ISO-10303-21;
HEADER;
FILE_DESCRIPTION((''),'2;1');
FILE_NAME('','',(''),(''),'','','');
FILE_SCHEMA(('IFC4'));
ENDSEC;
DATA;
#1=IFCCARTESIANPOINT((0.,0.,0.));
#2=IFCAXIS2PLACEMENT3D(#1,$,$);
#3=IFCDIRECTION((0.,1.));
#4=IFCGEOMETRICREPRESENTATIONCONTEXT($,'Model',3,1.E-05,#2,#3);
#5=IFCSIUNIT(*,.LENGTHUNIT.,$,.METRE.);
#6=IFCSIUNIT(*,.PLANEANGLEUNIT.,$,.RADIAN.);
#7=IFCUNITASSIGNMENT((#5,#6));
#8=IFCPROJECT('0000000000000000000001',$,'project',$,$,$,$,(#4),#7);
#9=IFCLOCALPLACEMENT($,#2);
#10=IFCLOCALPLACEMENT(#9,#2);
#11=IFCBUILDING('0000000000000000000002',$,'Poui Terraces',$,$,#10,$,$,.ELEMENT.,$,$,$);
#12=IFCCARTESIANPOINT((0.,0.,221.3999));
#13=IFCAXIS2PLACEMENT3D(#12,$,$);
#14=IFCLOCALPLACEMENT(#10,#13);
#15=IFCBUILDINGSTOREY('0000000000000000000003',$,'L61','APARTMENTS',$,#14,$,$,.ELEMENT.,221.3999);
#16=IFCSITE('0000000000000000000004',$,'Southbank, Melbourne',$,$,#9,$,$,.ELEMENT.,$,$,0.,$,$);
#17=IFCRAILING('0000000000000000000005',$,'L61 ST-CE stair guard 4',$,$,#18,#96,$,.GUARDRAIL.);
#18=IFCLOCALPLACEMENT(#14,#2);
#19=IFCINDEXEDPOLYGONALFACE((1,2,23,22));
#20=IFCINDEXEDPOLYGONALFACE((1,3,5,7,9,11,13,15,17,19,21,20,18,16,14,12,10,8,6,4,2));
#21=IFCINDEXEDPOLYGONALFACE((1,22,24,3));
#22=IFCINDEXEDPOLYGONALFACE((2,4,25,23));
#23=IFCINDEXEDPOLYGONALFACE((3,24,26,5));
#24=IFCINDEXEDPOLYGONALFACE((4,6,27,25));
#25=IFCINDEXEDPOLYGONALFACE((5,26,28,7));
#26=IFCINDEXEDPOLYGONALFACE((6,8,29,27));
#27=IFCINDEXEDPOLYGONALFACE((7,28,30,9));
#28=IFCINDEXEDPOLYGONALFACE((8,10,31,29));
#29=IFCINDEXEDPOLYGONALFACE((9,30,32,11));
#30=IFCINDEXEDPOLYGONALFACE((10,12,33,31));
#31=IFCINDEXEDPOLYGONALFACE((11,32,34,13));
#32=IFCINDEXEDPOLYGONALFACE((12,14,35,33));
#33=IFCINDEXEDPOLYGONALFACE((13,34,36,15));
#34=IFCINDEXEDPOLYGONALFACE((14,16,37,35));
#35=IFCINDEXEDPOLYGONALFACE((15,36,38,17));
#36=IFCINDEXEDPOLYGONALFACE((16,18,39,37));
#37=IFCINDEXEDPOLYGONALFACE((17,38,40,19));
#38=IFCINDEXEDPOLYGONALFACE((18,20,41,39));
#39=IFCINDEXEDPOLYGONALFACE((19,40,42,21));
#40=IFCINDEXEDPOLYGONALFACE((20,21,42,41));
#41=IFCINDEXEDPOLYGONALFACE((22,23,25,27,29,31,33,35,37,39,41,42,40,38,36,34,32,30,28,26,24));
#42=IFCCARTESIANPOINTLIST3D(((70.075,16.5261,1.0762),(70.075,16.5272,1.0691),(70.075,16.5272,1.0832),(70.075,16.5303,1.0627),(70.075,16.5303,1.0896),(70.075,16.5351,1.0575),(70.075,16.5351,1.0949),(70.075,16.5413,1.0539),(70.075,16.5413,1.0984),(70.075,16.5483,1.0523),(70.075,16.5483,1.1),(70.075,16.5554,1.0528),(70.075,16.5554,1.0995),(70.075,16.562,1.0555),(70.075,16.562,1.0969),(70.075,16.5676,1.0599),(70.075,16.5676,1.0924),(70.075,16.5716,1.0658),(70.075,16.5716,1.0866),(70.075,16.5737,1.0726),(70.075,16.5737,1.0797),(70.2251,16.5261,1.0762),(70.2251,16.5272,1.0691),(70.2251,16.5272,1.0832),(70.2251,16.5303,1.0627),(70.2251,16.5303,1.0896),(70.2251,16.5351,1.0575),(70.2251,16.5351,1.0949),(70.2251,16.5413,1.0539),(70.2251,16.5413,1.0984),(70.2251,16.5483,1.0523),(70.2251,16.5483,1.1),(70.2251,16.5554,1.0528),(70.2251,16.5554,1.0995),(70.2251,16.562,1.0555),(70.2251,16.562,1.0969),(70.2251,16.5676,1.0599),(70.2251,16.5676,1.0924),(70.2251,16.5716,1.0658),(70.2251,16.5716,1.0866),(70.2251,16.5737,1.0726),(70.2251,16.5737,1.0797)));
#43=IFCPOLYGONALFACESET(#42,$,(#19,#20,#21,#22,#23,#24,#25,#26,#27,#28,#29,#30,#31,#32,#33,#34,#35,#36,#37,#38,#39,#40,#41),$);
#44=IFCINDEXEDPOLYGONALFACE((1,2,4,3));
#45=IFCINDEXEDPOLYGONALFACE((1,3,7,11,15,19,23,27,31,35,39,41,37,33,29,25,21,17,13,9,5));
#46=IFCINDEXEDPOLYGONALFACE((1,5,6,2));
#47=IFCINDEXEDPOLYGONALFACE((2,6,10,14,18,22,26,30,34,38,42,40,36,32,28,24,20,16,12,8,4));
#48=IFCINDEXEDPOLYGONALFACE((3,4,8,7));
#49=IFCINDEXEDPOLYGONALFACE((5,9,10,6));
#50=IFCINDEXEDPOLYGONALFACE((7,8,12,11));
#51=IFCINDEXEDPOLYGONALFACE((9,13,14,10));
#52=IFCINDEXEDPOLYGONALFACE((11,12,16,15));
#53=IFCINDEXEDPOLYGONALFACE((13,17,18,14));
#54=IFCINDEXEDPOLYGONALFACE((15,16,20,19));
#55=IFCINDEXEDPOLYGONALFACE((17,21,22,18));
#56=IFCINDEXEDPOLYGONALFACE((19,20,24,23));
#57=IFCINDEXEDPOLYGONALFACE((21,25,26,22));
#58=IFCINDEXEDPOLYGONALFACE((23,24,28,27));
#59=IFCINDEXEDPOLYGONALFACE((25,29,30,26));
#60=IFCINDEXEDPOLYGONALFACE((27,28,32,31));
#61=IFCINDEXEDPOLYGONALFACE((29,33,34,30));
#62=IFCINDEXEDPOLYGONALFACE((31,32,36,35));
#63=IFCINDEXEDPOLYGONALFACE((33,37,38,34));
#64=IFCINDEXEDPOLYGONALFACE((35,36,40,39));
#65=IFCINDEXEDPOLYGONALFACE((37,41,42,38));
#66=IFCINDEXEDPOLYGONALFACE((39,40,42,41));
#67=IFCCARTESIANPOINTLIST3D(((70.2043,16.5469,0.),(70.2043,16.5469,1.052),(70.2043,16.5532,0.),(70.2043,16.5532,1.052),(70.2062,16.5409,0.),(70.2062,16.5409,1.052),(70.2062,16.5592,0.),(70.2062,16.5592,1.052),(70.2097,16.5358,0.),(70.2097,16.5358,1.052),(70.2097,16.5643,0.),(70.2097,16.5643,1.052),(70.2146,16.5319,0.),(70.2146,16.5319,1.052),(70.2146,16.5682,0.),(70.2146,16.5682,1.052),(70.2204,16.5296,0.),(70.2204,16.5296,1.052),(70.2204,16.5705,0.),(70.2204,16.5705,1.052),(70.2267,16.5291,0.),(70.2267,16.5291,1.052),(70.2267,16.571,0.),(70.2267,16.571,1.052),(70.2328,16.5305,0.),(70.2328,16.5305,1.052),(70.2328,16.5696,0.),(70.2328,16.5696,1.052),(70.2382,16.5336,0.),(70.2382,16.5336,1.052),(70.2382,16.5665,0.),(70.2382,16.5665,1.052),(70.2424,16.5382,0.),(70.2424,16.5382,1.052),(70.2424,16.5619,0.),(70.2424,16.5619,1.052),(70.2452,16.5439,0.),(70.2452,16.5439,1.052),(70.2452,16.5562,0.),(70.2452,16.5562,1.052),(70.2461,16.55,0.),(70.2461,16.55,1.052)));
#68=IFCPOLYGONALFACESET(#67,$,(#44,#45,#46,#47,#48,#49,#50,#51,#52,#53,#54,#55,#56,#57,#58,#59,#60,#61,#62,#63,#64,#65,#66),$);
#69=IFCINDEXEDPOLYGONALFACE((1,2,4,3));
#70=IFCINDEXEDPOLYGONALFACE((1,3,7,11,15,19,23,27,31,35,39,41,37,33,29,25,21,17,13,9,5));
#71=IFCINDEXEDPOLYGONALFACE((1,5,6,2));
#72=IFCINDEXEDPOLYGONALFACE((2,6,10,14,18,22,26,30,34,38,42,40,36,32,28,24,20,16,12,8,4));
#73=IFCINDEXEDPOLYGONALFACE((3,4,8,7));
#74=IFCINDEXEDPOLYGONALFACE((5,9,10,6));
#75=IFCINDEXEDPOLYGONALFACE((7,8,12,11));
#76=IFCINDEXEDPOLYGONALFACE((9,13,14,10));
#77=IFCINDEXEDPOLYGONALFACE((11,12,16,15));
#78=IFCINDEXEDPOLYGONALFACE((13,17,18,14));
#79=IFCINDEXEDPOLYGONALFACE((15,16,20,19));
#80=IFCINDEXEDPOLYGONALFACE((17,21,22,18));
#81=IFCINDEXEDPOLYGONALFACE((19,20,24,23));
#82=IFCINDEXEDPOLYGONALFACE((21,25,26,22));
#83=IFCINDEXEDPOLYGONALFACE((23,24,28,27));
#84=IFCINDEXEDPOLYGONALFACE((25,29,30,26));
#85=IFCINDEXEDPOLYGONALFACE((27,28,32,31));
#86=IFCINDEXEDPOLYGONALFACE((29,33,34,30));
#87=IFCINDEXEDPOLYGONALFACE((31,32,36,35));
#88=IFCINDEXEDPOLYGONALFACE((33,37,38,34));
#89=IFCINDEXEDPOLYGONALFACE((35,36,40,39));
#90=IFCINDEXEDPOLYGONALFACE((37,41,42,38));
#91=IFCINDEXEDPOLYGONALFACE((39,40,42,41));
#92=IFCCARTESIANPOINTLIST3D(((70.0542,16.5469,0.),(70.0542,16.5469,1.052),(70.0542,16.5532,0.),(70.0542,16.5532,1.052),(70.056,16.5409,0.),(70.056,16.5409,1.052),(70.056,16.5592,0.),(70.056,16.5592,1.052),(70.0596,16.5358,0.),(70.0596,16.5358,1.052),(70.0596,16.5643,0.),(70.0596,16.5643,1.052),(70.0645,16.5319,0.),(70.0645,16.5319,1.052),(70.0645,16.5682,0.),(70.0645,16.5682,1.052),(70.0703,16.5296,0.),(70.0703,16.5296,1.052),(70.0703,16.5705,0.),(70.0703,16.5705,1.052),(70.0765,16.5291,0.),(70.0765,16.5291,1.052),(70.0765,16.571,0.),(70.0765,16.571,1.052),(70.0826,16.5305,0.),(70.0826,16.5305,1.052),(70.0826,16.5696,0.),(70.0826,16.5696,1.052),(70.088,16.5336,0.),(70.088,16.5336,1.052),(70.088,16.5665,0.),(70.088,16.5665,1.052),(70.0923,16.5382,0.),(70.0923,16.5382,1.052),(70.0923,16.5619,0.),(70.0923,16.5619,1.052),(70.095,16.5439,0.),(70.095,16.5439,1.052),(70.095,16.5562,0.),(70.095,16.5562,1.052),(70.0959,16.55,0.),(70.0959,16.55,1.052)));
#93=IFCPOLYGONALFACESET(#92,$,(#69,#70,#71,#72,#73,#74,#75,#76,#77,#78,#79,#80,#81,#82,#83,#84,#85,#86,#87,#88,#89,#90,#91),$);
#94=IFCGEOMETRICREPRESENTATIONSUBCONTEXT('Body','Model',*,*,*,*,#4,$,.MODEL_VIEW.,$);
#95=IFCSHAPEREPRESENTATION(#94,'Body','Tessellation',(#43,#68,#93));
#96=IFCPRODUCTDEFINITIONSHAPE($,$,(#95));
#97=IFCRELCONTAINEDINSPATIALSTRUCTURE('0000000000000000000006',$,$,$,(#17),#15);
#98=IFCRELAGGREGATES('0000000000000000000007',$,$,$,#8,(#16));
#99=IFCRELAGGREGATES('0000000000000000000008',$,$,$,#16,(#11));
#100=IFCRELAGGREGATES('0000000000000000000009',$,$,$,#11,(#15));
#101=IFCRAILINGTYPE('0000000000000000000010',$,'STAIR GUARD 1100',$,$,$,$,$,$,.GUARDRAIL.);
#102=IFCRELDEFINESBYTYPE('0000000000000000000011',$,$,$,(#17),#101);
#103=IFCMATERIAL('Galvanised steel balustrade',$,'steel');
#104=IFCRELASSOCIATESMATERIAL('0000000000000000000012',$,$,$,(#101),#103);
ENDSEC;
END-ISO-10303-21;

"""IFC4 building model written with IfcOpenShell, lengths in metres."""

from ifc_helpers import new_model, si_unit, direction, frame, origin, origin_2d, place, context, subcontext, project, spatial, circle, extrude, material, type_object, element, save


model = new_model("IFC4")

# Units and contexts
model_context = context("Model", 3, precision=1e-05, world=origin(), true_north=direction((0.0, 1.0)))
body_context = subcontext(model_context, "Body", "Model", "MODEL_VIEW")
ifc_project = project(units=[si_unit("LENGTHUNIT", "METRE"), si_unit("PLANEANGLEUNIT", "RADIAN")], contexts=[model_context])

# Site, building, storey
site_placement = place(None, origin())
site = spatial("IfcSite", under=ifc_project, at=site_placement, Name="Southbank, Melbourne", CompositionType="ELEMENT", RefElevation=0.0)
building_placement = place(site_placement, origin())
building = spatial("IfcBuilding", under=site, at=building_placement, Name="Poui Terraces", CompositionType="ELEMENT")
storey_placement = place(building_placement, frame((0.0, 0.0, 221.3999)))
storey = spatial("IfcBuildingStorey", under=building, at=storey_placement, Name="L61", Description="APARTMENTS", CompositionType="ELEMENT", Elevation=221.3999)

# Railing
ifc_material_1 = material(Name="Galvanised steel balustrade", Category="steel")
railing_type_1 = type_object("IfcRailingType", Name="STAIR GUARD 1100", PredefinedType="GUARDRAIL", material=ifc_material_1)
railing_1_placement = place(storey_placement, frame((70.2251, 16.55, 0.0)))
element("IfcRailing", 1, at=railing_1_placement, inside=storey, type_object=railing_type_1, Name="L61 ST-CE stair guard 4", PredefinedType="GUARDRAIL", context=body_context, shape_type="SweptSolid", body=[
    extrude(circle(Radius=0.0239, at=origin_2d()), frame((0.0, 0.0, 1.0762), z_axis=(-1.0, 0.0, 0.0), x_axis=(0.0, -1.0, 0.0)), (0.0, 0.0, 1.0), 0.1501),
    extrude(circle(Radius=0.021, at=origin_2d()), origin(), (0.0, 0.0, 1.0), 1.052),
    extrude(circle(Radius=0.021, at=origin_2d()), frame((-0.1501, 0.0, 0.0)), (0.0, 0.0, 1.0), 1.052),
])

save(model, "model.ifc")
